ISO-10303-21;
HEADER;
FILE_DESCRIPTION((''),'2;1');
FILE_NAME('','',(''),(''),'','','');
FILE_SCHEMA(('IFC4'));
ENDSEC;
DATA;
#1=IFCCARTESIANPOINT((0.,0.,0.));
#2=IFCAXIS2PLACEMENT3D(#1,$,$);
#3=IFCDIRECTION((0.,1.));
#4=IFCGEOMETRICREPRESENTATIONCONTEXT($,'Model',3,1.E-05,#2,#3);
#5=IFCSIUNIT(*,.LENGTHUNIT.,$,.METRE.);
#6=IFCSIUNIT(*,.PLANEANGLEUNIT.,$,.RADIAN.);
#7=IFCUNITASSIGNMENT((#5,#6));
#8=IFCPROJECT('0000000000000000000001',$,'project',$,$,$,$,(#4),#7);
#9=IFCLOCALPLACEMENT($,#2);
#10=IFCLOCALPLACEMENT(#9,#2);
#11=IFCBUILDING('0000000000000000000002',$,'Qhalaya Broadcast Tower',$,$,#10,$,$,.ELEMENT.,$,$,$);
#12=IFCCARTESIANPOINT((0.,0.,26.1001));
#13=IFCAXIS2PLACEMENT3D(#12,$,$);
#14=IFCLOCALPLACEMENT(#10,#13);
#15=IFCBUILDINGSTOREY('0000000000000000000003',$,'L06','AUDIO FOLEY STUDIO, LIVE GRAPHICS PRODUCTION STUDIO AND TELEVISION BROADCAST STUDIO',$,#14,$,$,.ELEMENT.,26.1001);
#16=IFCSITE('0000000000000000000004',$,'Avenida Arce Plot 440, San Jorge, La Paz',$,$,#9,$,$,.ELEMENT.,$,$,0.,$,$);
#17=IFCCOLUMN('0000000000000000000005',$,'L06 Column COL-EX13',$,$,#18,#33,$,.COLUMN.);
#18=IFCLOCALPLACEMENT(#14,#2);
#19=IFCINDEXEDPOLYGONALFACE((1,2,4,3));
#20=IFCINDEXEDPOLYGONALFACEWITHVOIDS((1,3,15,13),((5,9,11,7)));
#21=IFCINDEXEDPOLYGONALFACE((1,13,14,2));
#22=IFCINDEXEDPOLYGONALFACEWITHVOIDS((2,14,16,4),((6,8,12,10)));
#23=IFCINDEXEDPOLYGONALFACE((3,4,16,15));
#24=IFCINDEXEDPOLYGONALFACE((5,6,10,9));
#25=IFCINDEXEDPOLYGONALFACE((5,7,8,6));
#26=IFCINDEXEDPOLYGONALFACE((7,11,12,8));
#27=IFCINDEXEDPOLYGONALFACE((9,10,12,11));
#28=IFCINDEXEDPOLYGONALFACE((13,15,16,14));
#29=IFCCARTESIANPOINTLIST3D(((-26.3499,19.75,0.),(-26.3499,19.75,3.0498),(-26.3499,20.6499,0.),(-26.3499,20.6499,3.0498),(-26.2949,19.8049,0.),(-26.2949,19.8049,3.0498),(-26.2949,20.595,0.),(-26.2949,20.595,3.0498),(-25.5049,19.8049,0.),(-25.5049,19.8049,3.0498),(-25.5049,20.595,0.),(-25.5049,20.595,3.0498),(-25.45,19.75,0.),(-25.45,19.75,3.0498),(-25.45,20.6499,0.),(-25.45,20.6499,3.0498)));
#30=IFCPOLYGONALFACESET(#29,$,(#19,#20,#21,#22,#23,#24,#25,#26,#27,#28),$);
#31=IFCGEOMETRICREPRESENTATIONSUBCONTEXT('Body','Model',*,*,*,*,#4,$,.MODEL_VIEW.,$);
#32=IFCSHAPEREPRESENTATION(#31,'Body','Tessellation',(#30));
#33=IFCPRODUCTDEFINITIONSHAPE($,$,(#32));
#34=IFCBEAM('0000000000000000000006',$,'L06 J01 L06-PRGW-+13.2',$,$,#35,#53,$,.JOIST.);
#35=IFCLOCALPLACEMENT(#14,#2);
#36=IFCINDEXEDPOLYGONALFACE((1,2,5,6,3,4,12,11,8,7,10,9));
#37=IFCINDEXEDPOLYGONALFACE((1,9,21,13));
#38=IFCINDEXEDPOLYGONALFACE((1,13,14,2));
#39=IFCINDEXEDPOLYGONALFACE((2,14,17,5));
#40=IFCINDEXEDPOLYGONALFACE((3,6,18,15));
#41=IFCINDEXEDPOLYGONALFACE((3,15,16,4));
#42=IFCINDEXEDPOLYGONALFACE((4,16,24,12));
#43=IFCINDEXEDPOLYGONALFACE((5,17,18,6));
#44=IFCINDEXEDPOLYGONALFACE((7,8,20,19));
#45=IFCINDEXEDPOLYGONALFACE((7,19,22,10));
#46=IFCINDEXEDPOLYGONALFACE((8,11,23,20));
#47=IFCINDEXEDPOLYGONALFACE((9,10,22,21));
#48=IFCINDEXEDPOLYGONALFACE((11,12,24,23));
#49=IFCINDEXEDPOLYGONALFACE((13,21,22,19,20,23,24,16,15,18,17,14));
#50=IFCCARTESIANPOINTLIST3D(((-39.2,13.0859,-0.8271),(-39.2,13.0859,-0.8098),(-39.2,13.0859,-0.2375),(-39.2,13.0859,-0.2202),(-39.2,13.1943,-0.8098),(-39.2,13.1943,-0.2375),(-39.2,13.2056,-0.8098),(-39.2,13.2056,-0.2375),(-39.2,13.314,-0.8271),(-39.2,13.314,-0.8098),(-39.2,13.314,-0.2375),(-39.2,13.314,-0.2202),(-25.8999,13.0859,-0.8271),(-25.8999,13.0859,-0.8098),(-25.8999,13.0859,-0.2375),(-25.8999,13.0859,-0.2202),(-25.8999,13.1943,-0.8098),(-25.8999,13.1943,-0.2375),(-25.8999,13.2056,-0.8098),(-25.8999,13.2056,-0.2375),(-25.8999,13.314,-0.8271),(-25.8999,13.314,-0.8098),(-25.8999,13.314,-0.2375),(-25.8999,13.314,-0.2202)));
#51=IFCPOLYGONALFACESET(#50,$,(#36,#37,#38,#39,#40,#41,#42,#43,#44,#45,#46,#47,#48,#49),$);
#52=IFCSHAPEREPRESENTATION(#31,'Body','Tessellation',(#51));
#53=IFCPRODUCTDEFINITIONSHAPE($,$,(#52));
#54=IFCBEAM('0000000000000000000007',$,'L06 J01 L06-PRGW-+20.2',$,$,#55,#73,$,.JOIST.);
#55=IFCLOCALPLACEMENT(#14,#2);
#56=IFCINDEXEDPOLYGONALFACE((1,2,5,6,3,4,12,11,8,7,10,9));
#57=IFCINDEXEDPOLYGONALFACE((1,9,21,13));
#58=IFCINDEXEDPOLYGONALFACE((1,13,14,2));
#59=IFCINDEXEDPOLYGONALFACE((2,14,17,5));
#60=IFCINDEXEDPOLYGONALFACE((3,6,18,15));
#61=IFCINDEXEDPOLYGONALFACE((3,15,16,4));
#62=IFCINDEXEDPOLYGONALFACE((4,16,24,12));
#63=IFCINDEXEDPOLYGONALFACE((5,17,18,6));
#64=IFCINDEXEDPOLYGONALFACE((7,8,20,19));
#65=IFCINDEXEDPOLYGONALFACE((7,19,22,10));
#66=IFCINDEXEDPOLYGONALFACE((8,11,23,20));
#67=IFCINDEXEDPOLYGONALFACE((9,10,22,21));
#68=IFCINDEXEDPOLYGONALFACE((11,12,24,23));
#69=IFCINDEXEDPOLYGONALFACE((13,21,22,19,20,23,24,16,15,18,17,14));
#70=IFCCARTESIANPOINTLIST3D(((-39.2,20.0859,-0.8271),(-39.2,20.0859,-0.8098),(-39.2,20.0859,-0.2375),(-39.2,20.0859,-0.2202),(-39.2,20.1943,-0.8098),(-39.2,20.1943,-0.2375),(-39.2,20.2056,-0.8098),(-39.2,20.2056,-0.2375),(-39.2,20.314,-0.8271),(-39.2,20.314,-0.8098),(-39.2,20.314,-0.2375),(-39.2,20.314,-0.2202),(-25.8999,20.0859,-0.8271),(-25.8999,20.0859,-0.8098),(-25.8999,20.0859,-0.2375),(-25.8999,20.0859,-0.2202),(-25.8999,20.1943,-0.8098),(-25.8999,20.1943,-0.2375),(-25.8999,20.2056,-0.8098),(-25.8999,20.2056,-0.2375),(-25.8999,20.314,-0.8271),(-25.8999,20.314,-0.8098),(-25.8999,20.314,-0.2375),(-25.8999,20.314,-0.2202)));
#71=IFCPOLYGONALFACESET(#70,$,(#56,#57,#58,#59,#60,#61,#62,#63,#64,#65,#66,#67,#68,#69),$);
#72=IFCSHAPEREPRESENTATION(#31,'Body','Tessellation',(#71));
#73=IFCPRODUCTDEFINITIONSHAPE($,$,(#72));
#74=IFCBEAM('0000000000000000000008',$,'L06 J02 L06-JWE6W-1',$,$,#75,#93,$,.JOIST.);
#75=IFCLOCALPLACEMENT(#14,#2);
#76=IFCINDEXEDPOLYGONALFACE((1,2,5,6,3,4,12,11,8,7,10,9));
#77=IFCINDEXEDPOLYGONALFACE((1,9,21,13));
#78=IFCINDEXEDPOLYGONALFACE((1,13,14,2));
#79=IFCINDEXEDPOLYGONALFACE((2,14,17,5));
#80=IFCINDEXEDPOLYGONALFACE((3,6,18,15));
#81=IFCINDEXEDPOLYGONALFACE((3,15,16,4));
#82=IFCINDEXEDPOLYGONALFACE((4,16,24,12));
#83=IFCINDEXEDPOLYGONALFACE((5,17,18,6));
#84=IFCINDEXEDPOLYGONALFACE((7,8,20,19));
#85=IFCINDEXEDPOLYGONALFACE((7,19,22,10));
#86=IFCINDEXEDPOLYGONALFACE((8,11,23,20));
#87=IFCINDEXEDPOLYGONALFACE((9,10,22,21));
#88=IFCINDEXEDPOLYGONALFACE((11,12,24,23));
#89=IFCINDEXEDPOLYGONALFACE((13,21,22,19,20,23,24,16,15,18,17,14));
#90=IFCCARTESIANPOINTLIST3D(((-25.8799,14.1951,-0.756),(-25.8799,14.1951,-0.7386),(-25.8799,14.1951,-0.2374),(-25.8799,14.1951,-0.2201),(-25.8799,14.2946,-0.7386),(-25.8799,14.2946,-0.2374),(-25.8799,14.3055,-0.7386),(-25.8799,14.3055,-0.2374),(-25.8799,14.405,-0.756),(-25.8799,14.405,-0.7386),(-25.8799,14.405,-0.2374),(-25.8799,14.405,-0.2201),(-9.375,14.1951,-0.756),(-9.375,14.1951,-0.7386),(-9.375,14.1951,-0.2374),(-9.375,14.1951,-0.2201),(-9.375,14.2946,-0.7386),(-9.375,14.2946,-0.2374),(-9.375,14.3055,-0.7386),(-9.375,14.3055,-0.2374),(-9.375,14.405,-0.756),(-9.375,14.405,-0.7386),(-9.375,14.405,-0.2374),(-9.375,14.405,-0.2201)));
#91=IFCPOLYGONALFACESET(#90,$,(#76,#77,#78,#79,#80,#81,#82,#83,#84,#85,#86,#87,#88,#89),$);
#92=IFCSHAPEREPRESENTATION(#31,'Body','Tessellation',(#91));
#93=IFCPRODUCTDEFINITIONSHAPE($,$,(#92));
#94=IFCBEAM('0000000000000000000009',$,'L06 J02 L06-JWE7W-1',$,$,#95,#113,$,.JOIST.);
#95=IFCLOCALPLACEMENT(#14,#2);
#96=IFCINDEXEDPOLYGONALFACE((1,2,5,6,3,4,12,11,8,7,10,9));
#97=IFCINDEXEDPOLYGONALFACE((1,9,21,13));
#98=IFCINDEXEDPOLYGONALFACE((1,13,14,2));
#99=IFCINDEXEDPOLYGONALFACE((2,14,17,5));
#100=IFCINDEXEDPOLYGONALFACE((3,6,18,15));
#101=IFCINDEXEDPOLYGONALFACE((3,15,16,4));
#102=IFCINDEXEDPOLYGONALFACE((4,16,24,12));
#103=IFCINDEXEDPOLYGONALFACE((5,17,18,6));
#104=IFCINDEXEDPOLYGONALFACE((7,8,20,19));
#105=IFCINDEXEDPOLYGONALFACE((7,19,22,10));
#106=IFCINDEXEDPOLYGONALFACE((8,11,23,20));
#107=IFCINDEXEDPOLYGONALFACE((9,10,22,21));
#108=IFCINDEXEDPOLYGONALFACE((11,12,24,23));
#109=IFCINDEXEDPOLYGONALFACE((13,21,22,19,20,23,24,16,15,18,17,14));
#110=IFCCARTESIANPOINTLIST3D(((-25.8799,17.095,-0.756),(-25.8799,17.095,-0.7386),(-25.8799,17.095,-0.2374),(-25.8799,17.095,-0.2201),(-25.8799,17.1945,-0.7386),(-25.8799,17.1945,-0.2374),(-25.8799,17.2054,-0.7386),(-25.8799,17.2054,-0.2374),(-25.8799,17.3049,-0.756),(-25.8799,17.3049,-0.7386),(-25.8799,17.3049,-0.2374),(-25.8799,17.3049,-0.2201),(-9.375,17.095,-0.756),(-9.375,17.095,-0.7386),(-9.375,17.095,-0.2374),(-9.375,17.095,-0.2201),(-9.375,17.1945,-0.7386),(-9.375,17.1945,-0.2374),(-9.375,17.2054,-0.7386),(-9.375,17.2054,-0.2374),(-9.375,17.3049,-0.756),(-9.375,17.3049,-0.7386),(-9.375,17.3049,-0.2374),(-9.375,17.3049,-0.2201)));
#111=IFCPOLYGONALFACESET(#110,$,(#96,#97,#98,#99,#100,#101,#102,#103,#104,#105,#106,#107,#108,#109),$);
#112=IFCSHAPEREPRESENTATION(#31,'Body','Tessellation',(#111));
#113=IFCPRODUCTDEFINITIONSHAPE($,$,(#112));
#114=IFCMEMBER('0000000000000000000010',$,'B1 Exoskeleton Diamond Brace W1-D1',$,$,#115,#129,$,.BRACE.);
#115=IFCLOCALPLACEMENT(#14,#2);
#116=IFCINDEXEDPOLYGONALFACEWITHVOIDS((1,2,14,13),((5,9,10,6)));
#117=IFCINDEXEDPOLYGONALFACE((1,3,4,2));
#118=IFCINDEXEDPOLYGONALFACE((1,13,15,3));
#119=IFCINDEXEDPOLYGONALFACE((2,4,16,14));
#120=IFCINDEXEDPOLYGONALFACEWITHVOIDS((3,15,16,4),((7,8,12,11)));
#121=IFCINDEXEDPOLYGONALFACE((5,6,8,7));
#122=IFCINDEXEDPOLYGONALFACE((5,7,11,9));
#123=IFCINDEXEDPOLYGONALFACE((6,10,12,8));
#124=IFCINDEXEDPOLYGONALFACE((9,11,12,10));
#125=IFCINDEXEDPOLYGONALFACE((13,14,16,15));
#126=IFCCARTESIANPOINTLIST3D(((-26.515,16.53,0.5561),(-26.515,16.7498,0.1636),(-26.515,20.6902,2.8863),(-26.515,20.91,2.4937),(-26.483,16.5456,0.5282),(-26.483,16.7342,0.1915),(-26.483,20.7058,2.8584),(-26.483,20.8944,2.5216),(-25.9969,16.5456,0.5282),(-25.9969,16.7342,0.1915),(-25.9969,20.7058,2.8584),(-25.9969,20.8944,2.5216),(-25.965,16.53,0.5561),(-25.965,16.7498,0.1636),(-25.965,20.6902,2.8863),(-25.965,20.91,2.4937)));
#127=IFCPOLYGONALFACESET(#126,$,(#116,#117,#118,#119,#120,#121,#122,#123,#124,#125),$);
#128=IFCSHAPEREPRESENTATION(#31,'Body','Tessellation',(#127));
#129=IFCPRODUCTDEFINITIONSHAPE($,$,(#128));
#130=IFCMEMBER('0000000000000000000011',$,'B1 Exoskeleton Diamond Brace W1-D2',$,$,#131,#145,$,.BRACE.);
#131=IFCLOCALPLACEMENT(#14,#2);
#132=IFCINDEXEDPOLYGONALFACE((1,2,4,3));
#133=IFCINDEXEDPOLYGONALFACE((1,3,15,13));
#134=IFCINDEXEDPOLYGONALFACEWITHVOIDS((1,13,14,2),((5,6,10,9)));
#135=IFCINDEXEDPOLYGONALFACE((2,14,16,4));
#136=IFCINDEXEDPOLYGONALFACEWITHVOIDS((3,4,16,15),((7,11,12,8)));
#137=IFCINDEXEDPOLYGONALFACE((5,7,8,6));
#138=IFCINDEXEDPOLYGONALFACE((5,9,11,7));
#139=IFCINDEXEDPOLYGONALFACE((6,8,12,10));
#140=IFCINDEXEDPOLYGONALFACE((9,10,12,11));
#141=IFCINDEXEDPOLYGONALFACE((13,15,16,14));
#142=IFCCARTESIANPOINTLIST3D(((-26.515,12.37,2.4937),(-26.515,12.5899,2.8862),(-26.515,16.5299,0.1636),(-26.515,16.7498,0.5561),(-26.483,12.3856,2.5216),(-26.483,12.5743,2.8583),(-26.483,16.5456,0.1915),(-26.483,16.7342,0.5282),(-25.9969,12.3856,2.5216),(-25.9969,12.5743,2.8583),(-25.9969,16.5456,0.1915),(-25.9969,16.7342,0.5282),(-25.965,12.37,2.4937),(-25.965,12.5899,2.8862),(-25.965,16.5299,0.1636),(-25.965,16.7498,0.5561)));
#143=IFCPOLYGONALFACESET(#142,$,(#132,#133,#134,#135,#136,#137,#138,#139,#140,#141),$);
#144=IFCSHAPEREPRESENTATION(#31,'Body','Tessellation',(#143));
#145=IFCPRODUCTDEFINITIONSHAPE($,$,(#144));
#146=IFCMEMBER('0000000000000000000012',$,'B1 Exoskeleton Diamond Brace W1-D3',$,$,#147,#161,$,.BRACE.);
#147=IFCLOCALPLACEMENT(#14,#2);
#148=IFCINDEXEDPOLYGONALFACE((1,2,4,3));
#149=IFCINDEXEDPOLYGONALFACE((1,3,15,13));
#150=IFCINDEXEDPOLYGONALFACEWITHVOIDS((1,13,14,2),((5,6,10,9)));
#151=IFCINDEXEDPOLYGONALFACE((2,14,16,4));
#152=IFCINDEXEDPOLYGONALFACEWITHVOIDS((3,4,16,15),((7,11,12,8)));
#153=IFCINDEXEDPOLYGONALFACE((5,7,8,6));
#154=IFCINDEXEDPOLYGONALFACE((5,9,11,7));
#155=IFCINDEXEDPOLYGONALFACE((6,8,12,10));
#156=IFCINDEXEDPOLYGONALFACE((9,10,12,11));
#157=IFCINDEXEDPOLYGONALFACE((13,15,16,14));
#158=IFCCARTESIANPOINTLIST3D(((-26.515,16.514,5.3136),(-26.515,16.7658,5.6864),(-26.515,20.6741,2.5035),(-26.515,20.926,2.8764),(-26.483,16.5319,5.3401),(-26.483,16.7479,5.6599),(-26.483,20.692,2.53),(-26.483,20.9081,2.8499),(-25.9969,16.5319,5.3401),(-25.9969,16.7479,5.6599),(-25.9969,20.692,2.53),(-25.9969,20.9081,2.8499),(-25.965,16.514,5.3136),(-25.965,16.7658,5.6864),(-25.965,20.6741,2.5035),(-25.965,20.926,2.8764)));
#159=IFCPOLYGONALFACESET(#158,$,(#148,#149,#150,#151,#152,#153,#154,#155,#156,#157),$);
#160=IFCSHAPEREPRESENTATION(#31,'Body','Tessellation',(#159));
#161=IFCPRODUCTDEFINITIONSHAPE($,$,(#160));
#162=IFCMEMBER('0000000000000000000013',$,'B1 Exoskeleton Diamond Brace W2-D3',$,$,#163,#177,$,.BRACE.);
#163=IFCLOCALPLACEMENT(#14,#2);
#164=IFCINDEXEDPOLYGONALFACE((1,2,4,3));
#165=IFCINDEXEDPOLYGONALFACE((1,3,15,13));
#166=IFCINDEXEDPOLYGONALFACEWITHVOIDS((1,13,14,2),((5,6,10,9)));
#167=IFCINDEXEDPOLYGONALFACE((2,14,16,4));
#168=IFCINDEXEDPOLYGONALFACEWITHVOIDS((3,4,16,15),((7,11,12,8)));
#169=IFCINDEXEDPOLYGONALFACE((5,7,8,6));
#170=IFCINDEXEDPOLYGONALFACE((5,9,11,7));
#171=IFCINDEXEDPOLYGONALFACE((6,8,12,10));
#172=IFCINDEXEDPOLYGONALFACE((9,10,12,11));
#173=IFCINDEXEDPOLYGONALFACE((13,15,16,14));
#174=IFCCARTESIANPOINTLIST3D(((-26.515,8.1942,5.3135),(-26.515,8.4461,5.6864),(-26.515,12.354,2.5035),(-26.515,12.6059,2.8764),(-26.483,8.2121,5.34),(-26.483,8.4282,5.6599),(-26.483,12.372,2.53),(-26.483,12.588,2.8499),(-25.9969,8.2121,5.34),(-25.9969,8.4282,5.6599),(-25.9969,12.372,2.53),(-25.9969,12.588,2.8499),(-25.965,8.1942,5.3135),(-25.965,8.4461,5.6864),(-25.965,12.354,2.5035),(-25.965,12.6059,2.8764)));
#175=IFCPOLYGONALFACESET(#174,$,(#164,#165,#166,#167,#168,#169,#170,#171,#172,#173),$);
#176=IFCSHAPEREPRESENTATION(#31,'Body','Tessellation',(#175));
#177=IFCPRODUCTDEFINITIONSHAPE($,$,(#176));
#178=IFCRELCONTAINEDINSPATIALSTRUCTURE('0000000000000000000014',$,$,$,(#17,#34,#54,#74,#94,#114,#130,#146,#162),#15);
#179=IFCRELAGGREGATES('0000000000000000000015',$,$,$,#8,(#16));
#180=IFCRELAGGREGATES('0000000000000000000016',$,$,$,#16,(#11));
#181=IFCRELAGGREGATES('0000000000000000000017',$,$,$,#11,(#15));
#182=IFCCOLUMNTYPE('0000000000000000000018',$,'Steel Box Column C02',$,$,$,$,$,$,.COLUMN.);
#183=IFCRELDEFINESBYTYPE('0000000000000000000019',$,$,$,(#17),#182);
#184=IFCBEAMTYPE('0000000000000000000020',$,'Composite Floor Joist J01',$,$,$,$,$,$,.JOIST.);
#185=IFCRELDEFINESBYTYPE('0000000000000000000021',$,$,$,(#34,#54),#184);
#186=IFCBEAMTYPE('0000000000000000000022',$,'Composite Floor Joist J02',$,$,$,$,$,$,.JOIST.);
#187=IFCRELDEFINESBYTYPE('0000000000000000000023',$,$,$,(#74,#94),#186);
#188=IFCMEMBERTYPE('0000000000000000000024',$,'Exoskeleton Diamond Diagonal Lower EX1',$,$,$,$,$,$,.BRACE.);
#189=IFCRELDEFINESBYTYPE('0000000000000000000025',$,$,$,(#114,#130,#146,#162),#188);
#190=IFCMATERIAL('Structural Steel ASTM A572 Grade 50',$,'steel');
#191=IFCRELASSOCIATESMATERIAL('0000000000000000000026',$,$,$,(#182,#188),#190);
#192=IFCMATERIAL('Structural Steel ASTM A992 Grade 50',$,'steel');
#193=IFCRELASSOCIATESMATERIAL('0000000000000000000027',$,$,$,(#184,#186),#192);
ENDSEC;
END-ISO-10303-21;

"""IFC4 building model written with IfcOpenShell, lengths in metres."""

from ifc_helpers import new_model, si_unit, direction, frame, origin, origin_2d, place, context, subcontext, project, spatial, hollow_rectangle, i_section, extrude, material, material_profile, profile_set, type_object, element, save


model = new_model("IFC4")

# Units and contexts
model_context = context("Model", 3, precision=1e-05, world=origin(), true_north=direction((0.0, 1.0)))
body_context = subcontext(model_context, "Body", "Model", "MODEL_VIEW")
ifc_project = project(units=[si_unit("LENGTHUNIT", "METRE"), si_unit("PLANEANGLEUNIT", "RADIAN")], contexts=[model_context])

# Site, building, storey
site_placement = place(None, origin())
site = spatial("IfcSite", under=ifc_project, at=site_placement, Name="Avenida Arce Plot 440, San Jorge, La Paz", CompositionType="ELEMENT", RefElevation=0.0)
building_placement = place(site_placement, origin())
building = spatial("IfcBuilding", under=site, at=building_placement, Name="Qhalaya Broadcast Tower", CompositionType="ELEMENT")
storey_placement = place(building_placement, frame((0.0, 0.0, 26.1001)))
storey = spatial("IfcBuildingStorey", under=building, at=storey_placement, Name="L06", Description="AUDIO FOLEY STUDIO, LIVE GRAPHICS PRODUCTION STUDIO AND TELEVISION BROADCAST STUDIO", CompositionType="ELEMENT", Elevation=26.1001)

# Column
ifc_material_1 = material(Name="Structural Steel ASTM A572 Grade 50", Category="steel")
ifc_material_profile_1 = material_profile(ifc_material_1, hollow_rectangle(XDim=0.8999, YDim=0.8999, WallThickness=0.0549, at=origin_2d()), Name="BOX 900x900x55")
ifc_profile_set_1 = profile_set([ifc_material_profile_1], Name="Structural Steel ASTM A572 Grade 50")
column_type = type_object("IfcColumnType", Name="Steel Box Column C02", PredefinedType="COLUMN", material=ifc_profile_set_1)
column_placement = place(storey_placement, frame((-25.8999, 20.2, 0.0), z_axis=(0.0, 0.0, 1.0), x_axis=(0.0, 1.0, 0.0)))
element("IfcColumn", 1, at=column_placement, inside=storey, type_object=column_type, Name="L06 Column COL-EX13", PredefinedType="COLUMN", context=body_context, shape_type="SweptSolid", body=[
    extrude(hollow_rectangle(XDim=0.8999, YDim=0.8999, WallThickness=0.0549, at=origin_2d()), origin(), (0.0, 0.0, 1.0), 3.0498),
])

# Beams
ifc_material_2 = material(Name="Structural Steel ASTM A992 Grade 50", Category="steel")
ifc_material_profile_2 = material_profile(ifc_material_2, i_section(OverallWidth=0.228, OverallDepth=0.6069, WebThickness=0.0112, FlangeThickness=0.0173, at=origin_2d()), Name="W24X76")
ifc_profile_set_2 = profile_set([ifc_material_profile_2], Name="Structural Steel ASTM A992 Grade 50")
beam_type_1 = type_object("IfcBeamType", Name="Composite Floor Joist J01", PredefinedType="JOIST", material=ifc_profile_set_2)
for number, where, z_axis, x_axis, name in (
    (2, (-39.2, 13.2, -0.5237), (1.0, 0.0, 0.0), (0.0, 1.0, 0.0), "L06 J01 L06-PRGW-+13.2"),
    (3, (-39.2, 20.2, -0.5237), (1.0, 0.0, 0.0), (0.0, 1.0, 0.0), "L06 J01 L06-PRGW-+20.2"),
):
    element("IfcBeam", number, at=place(storey_placement, frame(where, z_axis=z_axis, x_axis=x_axis)), inside=storey, type_object=beam_type_1, Name=name, PredefinedType="JOIST", context=body_context, shape_type="SweptSolid", body=[
        extrude(i_section(OverallWidth=0.228, OverallDepth=0.6069, WebThickness=0.0112, FlangeThickness=0.0173, at=origin_2d()), origin(), (0.0, 0.0, 1.0), 13.3),
    ])
ifc_material_profile_3 = material_profile(ifc_material_2, i_section(OverallWidth=0.21, OverallDepth=0.5359, WebThickness=0.011, FlangeThickness=0.0173, at=origin_2d()), Name="W21X68")
ifc_profile_set_3 = profile_set([ifc_material_profile_3], Name="Structural Steel ASTM A992 Grade 50")
beam_type_2 = type_object("IfcBeamType", Name="Composite Floor Joist J02", PredefinedType="JOIST", material=ifc_profile_set_3)
for number, where, z_axis, x_axis, name in (
    (4, (-25.8799, 14.3, -0.488), (1.0, 0.0, 0.0), (0.0, 1.0, 0.0), "L06 J02 L06-JWE6W-1"),
    (5, (-25.8799, 17.2, -0.488), (1.0, 0.0, 0.0), (0.0, 1.0, 0.0), "L06 J02 L06-JWE7W-1"),
):
    element("IfcBeam", number, at=place(storey_placement, frame(where, z_axis=z_axis, x_axis=x_axis)), inside=storey, type_object=beam_type_2, Name=name, PredefinedType="JOIST", context=body_context, shape_type="SweptSolid", body=[
        extrude(i_section(OverallWidth=0.21, OverallDepth=0.5359, WebThickness=0.011, FlangeThickness=0.0173, at=origin_2d()), origin(), (0.0, 0.0, 1.0), 16.5049),
    ])

# Members
ifc_material_profile_4 = material_profile(ifc_material_1, hollow_rectangle(XDim=0.45, YDim=0.55, WallThickness=0.032, at=origin_2d()), Name="BOX 450x550x32")
ifc_profile_set_4 = profile_set([ifc_material_profile_4], Name="Structural Steel ASTM A572 Grade 50")
member_type = type_object("IfcMemberType", Name="Exoskeleton Diamond Diagonal Lower EX1", PredefinedType="BRACE", material=ifc_profile_set_4)
member_1_placement = place(storey_placement, frame((-26.24, 16.6399, 0.3599), z_axis=(0.0, 0.872471, 0.488666), x_axis=(0.0, -0.488666, 0.872471)))
element("IfcMember", 6, at=member_1_placement, inside=storey, type_object=member_type, Name="B1 Exoskeleton Diamond Brace W1-D1", PredefinedType="BRACE", context=body_context, shape_type="SweptSolid", body=[
    extrude(hollow_rectangle(XDim=0.45, YDim=0.55, WallThickness=0.032, at=origin_2d()), origin(), (0.0, 0.0, 1.0), 4.7683),
])
member_2_placement = place(storey_placement, frame((-26.24, 16.6399, 0.3599), z_axis=(0.0, -0.872459, 0.488688), x_axis=(0.0, 0.488688, 0.872459)))
element("IfcMember", 7, at=member_2_placement, inside=storey, type_object=member_type, Name="B1 Exoskeleton Diamond Brace W1-D2", PredefinedType="BRACE", context=body_context, shape_type="SweptSolid", body=[
    extrude(hollow_rectangle(XDim=0.45, YDim=0.55, WallThickness=0.032, at=origin_2d()), origin(), (0.0, 0.0, 1.0), 4.7681),
])
member_3_placement = place(storey_placement, frame((-26.24, 20.8, 2.6899), z_axis=(0.0, -0.828668, 0.55974), x_axis=(0.0, 0.55974, 0.828668)))
element("IfcMember", 8, at=member_3_placement, inside=storey, type_object=member_type, Name="B1 Exoskeleton Diamond Brace W1-D3", PredefinedType="BRACE", context=body_context, shape_type="SweptSolid", body=[
    extrude(hollow_rectangle(XDim=0.45, YDim=0.55, WallThickness=0.032, at=origin_2d()), origin(), (0.0, 0.0, 1.0), 5.0203),
])
member_4_placement = place(storey_placement, frame((-26.24, 12.48, 2.6899), z_axis=(0.0, -0.828653, 0.559763), x_axis=(0.0, 0.559763, 0.828653)))
element("IfcMember", 9, at=member_4_placement, inside=storey, type_object=member_type, Name="B1 Exoskeleton Diamond Brace W2-D3", PredefinedType="BRACE", context=body_context, shape_type="SweptSolid", body=[
    extrude(hollow_rectangle(XDim=0.45, YDim=0.55, WallThickness=0.032, at=origin_2d()), origin(), (0.0, 0.0, 1.0), 5.02),
])

save(model, "model.ifc")
